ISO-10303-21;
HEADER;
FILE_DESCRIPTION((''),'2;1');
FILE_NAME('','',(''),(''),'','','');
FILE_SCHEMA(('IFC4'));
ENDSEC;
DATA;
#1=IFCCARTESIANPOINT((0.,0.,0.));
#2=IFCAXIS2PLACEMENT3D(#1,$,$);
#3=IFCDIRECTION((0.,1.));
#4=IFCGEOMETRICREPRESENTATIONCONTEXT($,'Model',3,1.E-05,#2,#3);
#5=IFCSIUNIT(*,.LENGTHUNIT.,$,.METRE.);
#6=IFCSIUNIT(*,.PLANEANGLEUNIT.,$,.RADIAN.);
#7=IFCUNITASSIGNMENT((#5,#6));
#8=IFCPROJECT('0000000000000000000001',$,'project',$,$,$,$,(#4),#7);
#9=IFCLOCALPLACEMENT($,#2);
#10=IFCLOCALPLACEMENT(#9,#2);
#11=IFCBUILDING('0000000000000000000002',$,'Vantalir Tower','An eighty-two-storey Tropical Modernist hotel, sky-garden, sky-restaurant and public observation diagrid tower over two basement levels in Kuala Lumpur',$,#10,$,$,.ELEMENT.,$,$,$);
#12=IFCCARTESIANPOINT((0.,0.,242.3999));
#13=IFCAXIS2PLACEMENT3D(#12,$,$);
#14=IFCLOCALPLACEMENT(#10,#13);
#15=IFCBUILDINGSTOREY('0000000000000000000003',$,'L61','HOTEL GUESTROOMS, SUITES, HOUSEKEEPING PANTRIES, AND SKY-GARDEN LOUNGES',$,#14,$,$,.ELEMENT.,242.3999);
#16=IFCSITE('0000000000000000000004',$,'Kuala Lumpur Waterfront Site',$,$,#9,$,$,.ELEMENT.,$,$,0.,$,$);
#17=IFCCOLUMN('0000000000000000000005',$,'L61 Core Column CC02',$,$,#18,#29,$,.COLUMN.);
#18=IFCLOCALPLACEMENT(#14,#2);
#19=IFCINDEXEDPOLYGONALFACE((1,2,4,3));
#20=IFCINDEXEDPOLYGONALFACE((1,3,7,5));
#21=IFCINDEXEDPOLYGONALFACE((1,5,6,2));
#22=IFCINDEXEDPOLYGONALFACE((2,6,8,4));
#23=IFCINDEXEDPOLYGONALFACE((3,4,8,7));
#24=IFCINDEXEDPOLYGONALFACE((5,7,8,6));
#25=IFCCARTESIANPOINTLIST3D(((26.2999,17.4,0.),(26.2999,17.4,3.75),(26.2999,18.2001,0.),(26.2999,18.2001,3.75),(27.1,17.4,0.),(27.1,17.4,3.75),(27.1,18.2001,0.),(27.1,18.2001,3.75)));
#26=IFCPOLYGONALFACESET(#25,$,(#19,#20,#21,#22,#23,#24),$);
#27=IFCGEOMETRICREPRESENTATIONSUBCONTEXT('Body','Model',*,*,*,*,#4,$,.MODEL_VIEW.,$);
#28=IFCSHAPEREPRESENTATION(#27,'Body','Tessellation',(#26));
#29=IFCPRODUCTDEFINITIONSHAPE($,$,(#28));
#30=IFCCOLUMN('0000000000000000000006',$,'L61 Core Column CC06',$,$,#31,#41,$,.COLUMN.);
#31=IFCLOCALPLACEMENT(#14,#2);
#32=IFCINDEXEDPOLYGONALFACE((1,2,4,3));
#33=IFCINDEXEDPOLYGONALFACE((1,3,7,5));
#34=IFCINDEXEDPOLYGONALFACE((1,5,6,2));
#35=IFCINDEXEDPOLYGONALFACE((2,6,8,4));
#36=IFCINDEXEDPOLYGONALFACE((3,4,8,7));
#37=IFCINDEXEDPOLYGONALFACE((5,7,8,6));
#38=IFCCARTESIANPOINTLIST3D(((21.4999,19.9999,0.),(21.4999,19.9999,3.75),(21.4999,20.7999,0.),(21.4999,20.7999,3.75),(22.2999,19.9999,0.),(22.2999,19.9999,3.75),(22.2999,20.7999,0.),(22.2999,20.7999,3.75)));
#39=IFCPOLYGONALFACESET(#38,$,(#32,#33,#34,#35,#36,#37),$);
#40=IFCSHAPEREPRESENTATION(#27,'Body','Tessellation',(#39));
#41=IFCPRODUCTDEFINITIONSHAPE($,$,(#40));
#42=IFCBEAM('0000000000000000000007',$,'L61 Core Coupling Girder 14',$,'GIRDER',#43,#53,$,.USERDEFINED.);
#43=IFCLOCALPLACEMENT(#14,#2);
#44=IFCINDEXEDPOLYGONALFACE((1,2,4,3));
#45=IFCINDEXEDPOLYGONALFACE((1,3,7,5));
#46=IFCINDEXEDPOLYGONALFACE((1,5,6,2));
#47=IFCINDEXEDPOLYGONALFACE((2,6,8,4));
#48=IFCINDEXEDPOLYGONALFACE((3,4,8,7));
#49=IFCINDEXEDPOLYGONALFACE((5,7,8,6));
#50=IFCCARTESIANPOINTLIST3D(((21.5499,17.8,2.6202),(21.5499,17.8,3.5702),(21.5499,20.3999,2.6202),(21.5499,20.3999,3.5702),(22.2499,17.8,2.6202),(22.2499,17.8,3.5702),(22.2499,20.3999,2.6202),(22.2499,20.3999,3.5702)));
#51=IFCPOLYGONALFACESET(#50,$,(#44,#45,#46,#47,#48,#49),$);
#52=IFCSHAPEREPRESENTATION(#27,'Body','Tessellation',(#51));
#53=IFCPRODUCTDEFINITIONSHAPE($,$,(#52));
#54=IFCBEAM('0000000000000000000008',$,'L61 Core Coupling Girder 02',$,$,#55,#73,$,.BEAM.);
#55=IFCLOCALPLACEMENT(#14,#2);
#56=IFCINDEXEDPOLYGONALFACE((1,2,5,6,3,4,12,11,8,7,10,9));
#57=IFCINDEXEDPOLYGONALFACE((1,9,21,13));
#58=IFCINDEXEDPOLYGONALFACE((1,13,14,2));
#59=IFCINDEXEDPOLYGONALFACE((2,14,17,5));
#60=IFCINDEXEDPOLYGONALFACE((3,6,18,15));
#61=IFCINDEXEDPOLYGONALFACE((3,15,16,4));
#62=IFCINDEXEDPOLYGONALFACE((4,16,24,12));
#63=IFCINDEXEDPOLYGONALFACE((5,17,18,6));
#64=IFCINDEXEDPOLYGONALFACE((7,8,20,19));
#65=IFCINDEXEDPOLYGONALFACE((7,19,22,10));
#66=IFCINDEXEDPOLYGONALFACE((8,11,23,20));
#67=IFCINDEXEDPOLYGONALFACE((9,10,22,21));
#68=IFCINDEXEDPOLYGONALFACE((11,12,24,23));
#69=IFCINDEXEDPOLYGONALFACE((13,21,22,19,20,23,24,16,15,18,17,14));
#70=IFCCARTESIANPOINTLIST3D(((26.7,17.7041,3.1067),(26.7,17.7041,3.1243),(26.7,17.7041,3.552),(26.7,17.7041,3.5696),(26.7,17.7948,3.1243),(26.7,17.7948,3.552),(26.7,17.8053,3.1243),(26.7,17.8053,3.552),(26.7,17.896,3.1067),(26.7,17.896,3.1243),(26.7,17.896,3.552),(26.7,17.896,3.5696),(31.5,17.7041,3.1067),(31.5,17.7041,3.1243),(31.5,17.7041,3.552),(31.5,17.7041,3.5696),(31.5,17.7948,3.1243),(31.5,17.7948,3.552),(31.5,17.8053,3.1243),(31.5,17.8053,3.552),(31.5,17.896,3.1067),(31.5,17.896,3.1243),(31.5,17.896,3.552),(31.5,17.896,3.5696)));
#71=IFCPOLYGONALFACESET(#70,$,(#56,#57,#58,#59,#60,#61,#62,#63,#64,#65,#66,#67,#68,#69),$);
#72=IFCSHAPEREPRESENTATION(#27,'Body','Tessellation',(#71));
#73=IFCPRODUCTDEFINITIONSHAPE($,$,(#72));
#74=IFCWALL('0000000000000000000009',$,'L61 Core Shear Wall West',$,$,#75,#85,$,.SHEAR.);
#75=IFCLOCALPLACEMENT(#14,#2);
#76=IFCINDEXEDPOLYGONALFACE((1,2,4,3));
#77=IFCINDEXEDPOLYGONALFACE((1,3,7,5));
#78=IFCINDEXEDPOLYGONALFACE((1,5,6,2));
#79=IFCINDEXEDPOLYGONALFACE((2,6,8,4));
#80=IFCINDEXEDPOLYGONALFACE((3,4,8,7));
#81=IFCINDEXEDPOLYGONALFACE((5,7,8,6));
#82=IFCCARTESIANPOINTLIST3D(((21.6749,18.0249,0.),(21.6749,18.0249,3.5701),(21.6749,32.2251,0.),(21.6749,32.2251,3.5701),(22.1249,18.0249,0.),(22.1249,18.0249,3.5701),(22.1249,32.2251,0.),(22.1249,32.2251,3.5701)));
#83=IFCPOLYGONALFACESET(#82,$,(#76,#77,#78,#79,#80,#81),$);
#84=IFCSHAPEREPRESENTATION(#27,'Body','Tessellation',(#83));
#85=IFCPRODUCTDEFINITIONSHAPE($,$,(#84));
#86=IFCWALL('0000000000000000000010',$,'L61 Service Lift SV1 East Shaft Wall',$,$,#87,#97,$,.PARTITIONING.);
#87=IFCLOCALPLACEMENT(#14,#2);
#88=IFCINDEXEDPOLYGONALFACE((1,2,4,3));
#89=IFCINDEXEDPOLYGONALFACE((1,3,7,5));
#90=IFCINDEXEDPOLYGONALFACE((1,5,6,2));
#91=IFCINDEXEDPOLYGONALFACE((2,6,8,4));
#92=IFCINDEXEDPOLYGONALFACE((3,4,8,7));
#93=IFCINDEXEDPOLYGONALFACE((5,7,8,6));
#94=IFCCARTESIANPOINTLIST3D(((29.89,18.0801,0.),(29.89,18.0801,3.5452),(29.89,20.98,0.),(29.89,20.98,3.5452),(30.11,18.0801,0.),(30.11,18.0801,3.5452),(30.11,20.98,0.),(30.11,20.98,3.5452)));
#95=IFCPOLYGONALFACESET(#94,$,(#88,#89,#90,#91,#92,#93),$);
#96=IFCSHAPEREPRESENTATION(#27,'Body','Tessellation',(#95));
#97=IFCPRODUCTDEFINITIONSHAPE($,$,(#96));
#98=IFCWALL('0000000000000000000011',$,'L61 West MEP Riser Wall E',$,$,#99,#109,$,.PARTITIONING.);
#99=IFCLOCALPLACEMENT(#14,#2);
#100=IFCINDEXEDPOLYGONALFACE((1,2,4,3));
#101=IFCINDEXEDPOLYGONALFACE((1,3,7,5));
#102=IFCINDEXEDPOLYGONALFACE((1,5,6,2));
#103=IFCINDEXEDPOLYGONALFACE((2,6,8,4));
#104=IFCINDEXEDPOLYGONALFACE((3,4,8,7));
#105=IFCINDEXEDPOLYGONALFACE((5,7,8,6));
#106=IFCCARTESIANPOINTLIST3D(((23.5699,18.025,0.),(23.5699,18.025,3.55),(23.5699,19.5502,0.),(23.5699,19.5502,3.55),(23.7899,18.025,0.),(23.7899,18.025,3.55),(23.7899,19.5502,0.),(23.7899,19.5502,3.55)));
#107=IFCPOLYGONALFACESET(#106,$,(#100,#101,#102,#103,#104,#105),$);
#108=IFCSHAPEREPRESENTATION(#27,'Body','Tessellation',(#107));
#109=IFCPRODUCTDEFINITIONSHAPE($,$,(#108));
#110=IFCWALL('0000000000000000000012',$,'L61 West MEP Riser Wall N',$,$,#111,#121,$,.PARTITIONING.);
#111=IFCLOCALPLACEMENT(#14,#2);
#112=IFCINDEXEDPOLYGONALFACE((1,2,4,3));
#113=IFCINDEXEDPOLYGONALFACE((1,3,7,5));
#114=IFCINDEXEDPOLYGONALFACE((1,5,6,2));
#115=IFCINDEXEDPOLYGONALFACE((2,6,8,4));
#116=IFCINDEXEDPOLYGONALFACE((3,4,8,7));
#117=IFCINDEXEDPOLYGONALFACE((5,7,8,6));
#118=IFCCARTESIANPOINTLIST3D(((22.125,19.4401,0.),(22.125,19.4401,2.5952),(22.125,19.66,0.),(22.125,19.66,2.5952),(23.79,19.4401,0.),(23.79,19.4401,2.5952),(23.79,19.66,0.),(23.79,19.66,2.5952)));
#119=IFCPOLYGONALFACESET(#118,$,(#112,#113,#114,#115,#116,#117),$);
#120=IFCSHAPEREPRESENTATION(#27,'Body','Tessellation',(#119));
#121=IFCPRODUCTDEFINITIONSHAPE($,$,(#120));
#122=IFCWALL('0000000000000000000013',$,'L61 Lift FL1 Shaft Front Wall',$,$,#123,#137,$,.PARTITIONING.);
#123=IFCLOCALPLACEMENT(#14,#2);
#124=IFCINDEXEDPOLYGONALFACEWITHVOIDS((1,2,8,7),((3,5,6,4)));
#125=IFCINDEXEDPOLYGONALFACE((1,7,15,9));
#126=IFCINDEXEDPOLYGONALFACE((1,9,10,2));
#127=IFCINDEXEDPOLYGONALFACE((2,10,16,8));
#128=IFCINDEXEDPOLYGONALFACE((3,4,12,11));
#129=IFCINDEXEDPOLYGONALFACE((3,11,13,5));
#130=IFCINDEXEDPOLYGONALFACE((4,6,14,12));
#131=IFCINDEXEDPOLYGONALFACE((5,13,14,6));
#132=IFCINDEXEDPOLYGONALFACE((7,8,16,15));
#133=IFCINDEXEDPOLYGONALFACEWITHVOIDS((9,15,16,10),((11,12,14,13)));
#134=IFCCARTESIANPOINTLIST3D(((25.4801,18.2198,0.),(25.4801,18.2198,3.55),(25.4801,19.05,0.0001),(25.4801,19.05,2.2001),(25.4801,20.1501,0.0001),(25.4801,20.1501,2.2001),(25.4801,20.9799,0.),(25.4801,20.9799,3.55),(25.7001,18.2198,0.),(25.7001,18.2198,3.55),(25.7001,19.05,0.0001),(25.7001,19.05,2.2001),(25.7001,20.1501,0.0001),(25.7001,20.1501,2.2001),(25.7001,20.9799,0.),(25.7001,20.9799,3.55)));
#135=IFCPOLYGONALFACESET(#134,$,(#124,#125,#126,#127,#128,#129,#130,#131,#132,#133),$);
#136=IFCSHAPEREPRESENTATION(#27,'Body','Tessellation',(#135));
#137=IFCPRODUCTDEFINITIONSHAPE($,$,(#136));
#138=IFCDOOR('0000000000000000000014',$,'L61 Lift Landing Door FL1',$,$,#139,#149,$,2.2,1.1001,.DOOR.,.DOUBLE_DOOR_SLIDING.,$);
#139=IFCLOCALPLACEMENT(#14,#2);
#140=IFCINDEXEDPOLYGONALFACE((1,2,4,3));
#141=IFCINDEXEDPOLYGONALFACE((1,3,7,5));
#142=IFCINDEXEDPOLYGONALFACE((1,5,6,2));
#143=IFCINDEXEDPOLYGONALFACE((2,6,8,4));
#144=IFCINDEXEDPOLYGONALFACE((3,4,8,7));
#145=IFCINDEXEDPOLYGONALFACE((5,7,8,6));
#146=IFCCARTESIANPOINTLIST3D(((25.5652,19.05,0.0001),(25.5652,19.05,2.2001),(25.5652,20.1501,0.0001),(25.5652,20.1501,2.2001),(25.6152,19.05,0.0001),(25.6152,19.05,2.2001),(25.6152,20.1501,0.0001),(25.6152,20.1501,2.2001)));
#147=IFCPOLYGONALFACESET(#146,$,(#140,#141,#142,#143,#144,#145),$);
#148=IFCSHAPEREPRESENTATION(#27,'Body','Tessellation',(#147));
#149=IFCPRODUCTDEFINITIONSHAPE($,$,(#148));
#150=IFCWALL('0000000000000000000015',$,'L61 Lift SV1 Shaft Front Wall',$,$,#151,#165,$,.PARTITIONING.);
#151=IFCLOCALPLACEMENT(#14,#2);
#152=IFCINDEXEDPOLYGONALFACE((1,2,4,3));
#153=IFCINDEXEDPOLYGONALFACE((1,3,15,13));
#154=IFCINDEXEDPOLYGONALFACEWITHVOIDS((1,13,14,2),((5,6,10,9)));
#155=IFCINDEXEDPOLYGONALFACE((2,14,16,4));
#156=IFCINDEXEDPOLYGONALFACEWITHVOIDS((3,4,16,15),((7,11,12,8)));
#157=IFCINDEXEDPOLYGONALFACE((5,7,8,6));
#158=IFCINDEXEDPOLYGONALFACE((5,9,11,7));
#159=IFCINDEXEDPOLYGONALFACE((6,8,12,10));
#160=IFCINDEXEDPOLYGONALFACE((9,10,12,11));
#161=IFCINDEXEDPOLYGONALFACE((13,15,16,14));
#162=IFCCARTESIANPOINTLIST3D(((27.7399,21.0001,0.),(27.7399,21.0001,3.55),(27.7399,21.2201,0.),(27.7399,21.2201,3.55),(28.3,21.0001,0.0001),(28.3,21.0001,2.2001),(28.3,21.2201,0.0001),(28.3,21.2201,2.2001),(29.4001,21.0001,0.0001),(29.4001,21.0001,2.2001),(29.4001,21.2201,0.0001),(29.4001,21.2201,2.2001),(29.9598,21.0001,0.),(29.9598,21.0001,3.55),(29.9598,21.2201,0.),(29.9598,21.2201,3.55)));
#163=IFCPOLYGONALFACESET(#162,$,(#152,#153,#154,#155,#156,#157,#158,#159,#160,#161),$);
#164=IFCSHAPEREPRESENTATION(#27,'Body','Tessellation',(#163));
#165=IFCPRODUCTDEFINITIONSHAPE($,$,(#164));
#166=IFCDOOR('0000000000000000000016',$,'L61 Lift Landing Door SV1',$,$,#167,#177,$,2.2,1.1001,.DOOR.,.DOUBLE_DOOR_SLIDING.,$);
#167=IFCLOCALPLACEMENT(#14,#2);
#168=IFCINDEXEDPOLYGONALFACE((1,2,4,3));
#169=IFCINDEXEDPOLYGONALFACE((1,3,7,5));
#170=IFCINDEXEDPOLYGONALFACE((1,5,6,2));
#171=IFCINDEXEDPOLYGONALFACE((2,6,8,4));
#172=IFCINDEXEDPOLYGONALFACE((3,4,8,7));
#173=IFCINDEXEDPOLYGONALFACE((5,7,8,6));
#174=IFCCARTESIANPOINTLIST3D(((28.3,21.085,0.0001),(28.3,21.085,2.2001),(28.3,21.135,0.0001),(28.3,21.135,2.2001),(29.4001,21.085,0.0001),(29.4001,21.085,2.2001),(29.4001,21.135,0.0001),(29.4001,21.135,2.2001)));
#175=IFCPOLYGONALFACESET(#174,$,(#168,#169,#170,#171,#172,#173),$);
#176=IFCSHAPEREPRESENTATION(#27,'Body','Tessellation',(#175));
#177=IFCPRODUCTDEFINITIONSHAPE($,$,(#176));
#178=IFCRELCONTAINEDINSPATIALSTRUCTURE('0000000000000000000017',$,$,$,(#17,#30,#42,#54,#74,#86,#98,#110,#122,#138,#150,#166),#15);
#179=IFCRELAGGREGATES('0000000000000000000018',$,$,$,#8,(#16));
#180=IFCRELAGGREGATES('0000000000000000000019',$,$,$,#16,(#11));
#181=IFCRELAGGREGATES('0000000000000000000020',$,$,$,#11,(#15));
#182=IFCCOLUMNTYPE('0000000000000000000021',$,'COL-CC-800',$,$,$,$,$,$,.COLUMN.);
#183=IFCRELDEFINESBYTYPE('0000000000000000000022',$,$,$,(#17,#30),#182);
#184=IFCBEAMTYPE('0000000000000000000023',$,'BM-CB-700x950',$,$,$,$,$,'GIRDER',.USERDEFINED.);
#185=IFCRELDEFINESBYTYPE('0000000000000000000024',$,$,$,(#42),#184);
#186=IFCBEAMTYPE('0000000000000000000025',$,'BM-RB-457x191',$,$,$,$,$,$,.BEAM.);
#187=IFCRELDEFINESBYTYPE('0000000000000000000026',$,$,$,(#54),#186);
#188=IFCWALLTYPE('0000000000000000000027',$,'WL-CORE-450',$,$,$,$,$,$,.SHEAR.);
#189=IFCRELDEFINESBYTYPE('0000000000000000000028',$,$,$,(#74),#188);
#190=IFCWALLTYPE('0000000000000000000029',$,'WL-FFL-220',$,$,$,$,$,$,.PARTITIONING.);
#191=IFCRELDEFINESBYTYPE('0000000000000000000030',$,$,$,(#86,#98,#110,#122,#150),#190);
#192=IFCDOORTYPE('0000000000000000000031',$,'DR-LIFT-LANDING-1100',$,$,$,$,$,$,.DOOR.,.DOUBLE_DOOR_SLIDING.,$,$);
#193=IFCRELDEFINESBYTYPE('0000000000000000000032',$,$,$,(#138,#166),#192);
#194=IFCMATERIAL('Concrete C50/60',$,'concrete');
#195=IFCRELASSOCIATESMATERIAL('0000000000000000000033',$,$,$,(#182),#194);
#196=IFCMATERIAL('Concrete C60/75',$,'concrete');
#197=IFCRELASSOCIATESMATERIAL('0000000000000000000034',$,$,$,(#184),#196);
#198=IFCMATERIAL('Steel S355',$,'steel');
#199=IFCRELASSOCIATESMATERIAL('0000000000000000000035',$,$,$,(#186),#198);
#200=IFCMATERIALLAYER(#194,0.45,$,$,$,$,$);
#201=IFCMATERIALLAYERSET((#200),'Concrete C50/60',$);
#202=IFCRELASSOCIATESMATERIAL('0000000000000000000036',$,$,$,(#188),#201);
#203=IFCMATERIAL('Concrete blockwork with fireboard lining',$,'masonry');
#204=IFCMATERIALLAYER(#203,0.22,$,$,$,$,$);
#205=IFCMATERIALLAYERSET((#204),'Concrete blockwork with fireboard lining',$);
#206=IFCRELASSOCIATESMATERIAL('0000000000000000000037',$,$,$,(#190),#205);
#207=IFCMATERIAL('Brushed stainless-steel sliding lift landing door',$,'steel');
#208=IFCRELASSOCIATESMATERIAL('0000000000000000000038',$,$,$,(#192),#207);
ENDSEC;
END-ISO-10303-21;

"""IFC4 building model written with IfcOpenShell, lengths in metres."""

from ifc_helpers import new_model, si_unit, direction, frame, frame_2d, origin, origin_2d, place, context, subcontext, project, spatial, rectangle, i_section, extrude, material, layer, layer_set, material_profile, profile_set, type_object, element, fill, save


model = new_model("IFC4")

# Units and contexts
model_context = context("Model", 3, precision=1e-05, world=origin(), true_north=direction((0.0, 1.0)))
body_context = subcontext(model_context, "Body", "Model", "MODEL_VIEW")
ifc_project = project(units=[si_unit("LENGTHUNIT", "METRE"), si_unit("PLANEANGLEUNIT", "RADIAN")], contexts=[model_context])

# Site, building, storey
site_placement = place(None, origin())
site = spatial("IfcSite", under=ifc_project, at=site_placement, Name="Kuala Lumpur Waterfront Site", CompositionType="ELEMENT", RefElevation=0.0)
building_placement = place(site_placement, origin())
building = spatial("IfcBuilding", under=site, at=building_placement, Name="Vantalir Tower", Description="An eighty-two-storey Tropical Modernist hotel, sky-garden, sky-restaurant and public observation diagrid tower over two basement levels in Kuala Lumpur", CompositionType="ELEMENT")
storey_placement = place(building_placement, frame((0.0, 0.0, 242.3999)))
storey = spatial("IfcBuildingStorey", under=building, at=storey_placement, Name="L61", Description="HOTEL GUESTROOMS, SUITES, HOUSEKEEPING PANTRIES, AND SKY-GARDEN LOUNGES", CompositionType="ELEMENT", Elevation=242.3999)

# Columns
ifc_material_1 = material(Name="Concrete C50/60", Category="concrete")
ifc_material_profile_1 = material_profile(ifc_material_1, rectangle(XDim=0.8, YDim=0.8, at=origin_2d()), Name="Concrete C50/60")
ifc_profile_set_1 = profile_set([ifc_material_profile_1], Name="Concrete C50/60")
column_type = type_object("IfcColumnType", Name="COL-CC-800", PredefinedType="COLUMN", material=ifc_profile_set_1)
for number, where, z_axis, x_axis, name in (
    (1, (26.7, 17.8, 0.0), (0.0, 0.0, 1.0), (1.0, 0.0, 0.0), "L61 Core Column CC02"),
    (2, (21.8999, 20.3999, 0.0), (0.0, 0.0, 1.0), (1.0, 0.0, 0.0), "L61 Core Column CC06"),
):
    element("IfcColumn", number, at=place(storey_placement, frame(where, z_axis=z_axis, x_axis=x_axis)), inside=storey, type_object=column_type, Name=name, PredefinedType="COLUMN", context=body_context, shape_type="SweptSolid", body=[
        extrude(rectangle(XDim=0.8, YDim=0.8, at=origin_2d()), origin(), (0.0, 0.0, 1.0), 3.75),
    ])

# Beams
ifc_material_2 = material(Name="Concrete C60/75", Category="concrete")
ifc_material_profile_2 = material_profile(ifc_material_2, rectangle(XDim=0.7, YDim=0.95, at=origin_2d()), Name="Concrete C60/75")
ifc_profile_set_2 = profile_set([ifc_material_profile_2], Name="Concrete C60/75")
beam_type_1 = type_object("IfcBeamType", Name="BM-CB-700x950", ElementType="GIRDER", PredefinedType="USERDEFINED", material=ifc_profile_set_2)
beam_1_placement = place(storey_placement, frame((21.8999, 20.3999, 3.0952), z_axis=(0.0, -1.0, 0.0), x_axis=(1.0, 0.0, 0.0)))
element("IfcBeam", 3, at=beam_1_placement, inside=storey, type_object=beam_type_1, Name="L61 Core Coupling Girder 14", ObjectType="GIRDER", PredefinedType="USERDEFINED", context=body_context, shape_type="SweptSolid", body=[
    extrude(rectangle(XDim=0.7, YDim=0.95, at=origin_2d()), origin(), (0.0, 0.0, 1.0), 2.5999),
])
ifc_material_3 = material(Name="Steel S355", Category="steel")
ifc_material_profile_3 = material_profile(ifc_material_3, i_section(OverallWidth=0.1919, OverallDepth=0.4629, WebThickness=0.0105, FlangeThickness=0.0176, at=origin_2d()), Name="Steel S355")
ifc_profile_set_3 = profile_set([ifc_material_profile_3], Name="Steel S355")
beam_type_2 = type_object("IfcBeamType", Name="BM-RB-457x191", PredefinedType="BEAM", material=ifc_profile_set_3)
beam_2_placement = place(storey_placement, frame((26.7, 17.8, 3.3381), z_axis=(1.0, 0.0, 0.0), x_axis=(0.0, 1.0, 0.0)))
element("IfcBeam", 4, at=beam_2_placement, inside=storey, type_object=beam_type_2, Name="L61 Core Coupling Girder 02", PredefinedType="BEAM", context=body_context, shape_type="SweptSolid", body=[
    extrude(i_section(OverallWidth=0.1919, OverallDepth=0.4629, WebThickness=0.0105, FlangeThickness=0.0176, at=origin_2d()), origin(), (0.0, 0.0, 1.0), 4.8),
])

# Walls
ifc_layer_1 = layer(ifc_material_1, 0.45)
ifc_layer_set_1 = layer_set([ifc_layer_1], Name="Concrete C50/60")
wall_type_1 = type_object("IfcWallType", Name="WL-CORE-450", PredefinedType="SHEAR", material=ifc_layer_set_1)
wall_1_placement = place(storey_placement, frame((21.8999, 18.0249, 0.0), z_axis=(0.0, 0.0, 1.0), x_axis=(0.0, 1.0, 0.0)))
element("IfcWall", 5, at=wall_1_placement, inside=storey, type_object=wall_type_1, Name="L61 Core Shear Wall West", PredefinedType="SHEAR", context=body_context, shape_type="SweptSolid", body=[
    extrude(rectangle(XDim=14.2002, YDim=0.45, at=frame_2d((7.1001, 0.0))), origin(), (0.0, 0.0, 1.0), 3.5701),
])
ifc_material_4 = material(Name="Concrete blockwork with fireboard lining", Category="masonry")
ifc_layer_2 = layer(ifc_material_4, 0.22)
ifc_layer_set_2 = layer_set([ifc_layer_2], Name="Concrete blockwork with fireboard lining")
wall_type_2 = type_object("IfcWallType", Name="WL-FFL-220", PredefinedType="PARTITIONING", material=ifc_layer_set_2)
wall_2_placement = place(storey_placement, frame((30.0, 18.0801, 0.0), z_axis=(0.0, 0.0, 1.0), x_axis=(0.0, 1.0, 0.0)))
element("IfcWall", 6, at=wall_2_placement, inside=storey, type_object=wall_type_2, Name="L61 Service Lift SV1 East Shaft Wall", PredefinedType="PARTITIONING", context=body_context, shape_type="SweptSolid", body=[
    extrude(rectangle(XDim=2.8999, YDim=0.22, at=frame_2d((1.45, 0.0))), origin(), (0.0, 0.0, 1.0), 3.5452),
])
wall_3_placement = place(storey_placement, frame((23.6799, 18.0249, 0.0), z_axis=(0.0, 0.0, 1.0), x_axis=(0.0, 1.0, 0.0)))
element("IfcWall", 7, at=wall_3_placement, inside=storey, type_object=wall_type_2, Name="L61 West MEP Riser Wall E", PredefinedType="PARTITIONING", context=body_context, shape_type="SweptSolid", body=[
    extrude(rectangle(XDim=1.5251, YDim=0.22, at=frame_2d((0.7627, 0.0))), origin(), (0.0, 0.0, 1.0), 3.55),
])
wall_4_placement = place(storey_placement, frame((22.125, 19.55, 0.0), z_axis=(0.0, 0.0, 1.0), x_axis=(1.0, 0.0, 0.0)))
element("IfcWall", 8, at=wall_4_placement, inside=storey, type_object=wall_type_2, Name="L61 West MEP Riser Wall N", PredefinedType="PARTITIONING", context=body_context, shape_type="SweptSolid", body=[
    extrude(rectangle(XDim=1.665, YDim=0.22, at=frame_2d((0.8325, 0.0))), origin(), (0.0, 0.0, 1.0), 2.5952),
])

# Walls, openings, doors
wall_5_placement = place(storey_placement, frame((25.5901, 18.22, 0.0), z_axis=(0.0, 0.0, 1.0), x_axis=(0.0, 1.0, 0.0)))
wall_5 = element("IfcWall", 9, at=wall_5_placement, inside=storey, type_object=wall_type_2, Name="L61 Lift FL1 Shaft Front Wall", PredefinedType="PARTITIONING", context=body_context, shape_type="SweptSolid", body=[
    extrude(rectangle(XDim=2.76, YDim=0.22, at=frame_2d((1.3799, 0.0))), origin(), (0.0, 0.0, 1.0), 3.55),
])
opening_1_placement = place(wall_5_placement, frame((0.8301, 0.0, 0.0)))
opening_1 = element("IfcOpeningElement", 10, at=opening_1_placement, cuts=wall_5, PredefinedType="OPENING", context=body_context, shape_type="SweptSolid", body=[
    extrude(rectangle(XDim=1.1001, YDim=2.2, at=frame_2d((0.55, 1.1001))), frame((0.0, 0.1199, 0.0), z_axis=(0.0, -1.0, 0.0), x_axis=(1.0, 0.0, 0.0)), (0.0, 0.0, 1.0), 0.24),
])
ifc_material_5 = material(Name="Brushed stainless-steel sliding lift landing door", Category="steel")
door_type_1 = type_object("IfcDoorType", Name="DR-LIFT-LANDING-1100", OperationType="DOUBLE_DOOR_SLIDING", PredefinedType="DOOR", material=ifc_material_5)
door_1_placement = place(opening_1_placement, origin())
door_1 = element("IfcDoor", 11, at=door_1_placement, inside=storey, type_object=door_type_1, Name="L61 Lift Landing Door FL1", OperationType="DOUBLE_DOOR_SLIDING", OverallHeight=2.2, OverallWidth=1.1001, PredefinedType="DOOR", context=body_context, shape_type="SweptSolid", body=[
    extrude(rectangle(XDim=1.1001, YDim=2.2, at=frame_2d((0.55, 1.1001))), frame((0.0, 0.0249, 0.0), z_axis=(0.0, -1.0, 0.0), x_axis=(1.0, 0.0, 0.0)), (0.0, 0.0, 1.0), 0.05),
])
fill(opening_1, door_1)
wall_6_placement = place(storey_placement, frame((27.74, 21.1101, 0.0), z_axis=(0.0, 0.0, 1.0), x_axis=(1.0, 0.0, 0.0)))
wall_6 = element("IfcWall", 12, at=wall_6_placement, inside=storey, type_object=wall_type_2, Name="L61 Lift SV1 Shaft Front Wall", PredefinedType="PARTITIONING", context=body_context, shape_type="SweptSolid", body=[
    extrude(rectangle(XDim=2.22, YDim=0.22, at=frame_2d((1.1099, 0.0))), origin(), (0.0, 0.0, 1.0), 3.55),
])
opening_2_placement = place(wall_6_placement, frame((0.5601, 0.0, 0.0)))
opening_2 = element("IfcOpeningElement", 13, at=opening_2_placement, cuts=wall_6, PredefinedType="OPENING", context=body_context, shape_type="SweptSolid", body=[
    extrude(rectangle(XDim=1.1001, YDim=2.2, at=frame_2d((0.55, 1.1001))), frame((0.0, 0.1199, 0.0), z_axis=(0.0, -1.0, 0.0), x_axis=(1.0, 0.0, 0.0)), (0.0, 0.0, 1.0), 0.24),
])
door_2_placement = place(opening_2_placement, origin())
door_2 = element("IfcDoor", 14, at=door_2_placement, inside=storey, type_object=door_type_1, Name="L61 Lift Landing Door SV1", OperationType="DOUBLE_DOOR_SLIDING", OverallHeight=2.2, OverallWidth=1.1001, PredefinedType="DOOR", context=body_context, shape_type="SweptSolid", body=[
    extrude(rectangle(XDim=1.1001, YDim=2.2, at=frame_2d((0.55, 1.1001))), frame((0.0, 0.0249, 0.0), z_axis=(0.0, -1.0, 0.0), x_axis=(1.0, 0.0, 0.0)), (0.0, 0.0, 1.0), 0.05),
])
fill(opening_2, door_2)

save(model, "model.ifc")
